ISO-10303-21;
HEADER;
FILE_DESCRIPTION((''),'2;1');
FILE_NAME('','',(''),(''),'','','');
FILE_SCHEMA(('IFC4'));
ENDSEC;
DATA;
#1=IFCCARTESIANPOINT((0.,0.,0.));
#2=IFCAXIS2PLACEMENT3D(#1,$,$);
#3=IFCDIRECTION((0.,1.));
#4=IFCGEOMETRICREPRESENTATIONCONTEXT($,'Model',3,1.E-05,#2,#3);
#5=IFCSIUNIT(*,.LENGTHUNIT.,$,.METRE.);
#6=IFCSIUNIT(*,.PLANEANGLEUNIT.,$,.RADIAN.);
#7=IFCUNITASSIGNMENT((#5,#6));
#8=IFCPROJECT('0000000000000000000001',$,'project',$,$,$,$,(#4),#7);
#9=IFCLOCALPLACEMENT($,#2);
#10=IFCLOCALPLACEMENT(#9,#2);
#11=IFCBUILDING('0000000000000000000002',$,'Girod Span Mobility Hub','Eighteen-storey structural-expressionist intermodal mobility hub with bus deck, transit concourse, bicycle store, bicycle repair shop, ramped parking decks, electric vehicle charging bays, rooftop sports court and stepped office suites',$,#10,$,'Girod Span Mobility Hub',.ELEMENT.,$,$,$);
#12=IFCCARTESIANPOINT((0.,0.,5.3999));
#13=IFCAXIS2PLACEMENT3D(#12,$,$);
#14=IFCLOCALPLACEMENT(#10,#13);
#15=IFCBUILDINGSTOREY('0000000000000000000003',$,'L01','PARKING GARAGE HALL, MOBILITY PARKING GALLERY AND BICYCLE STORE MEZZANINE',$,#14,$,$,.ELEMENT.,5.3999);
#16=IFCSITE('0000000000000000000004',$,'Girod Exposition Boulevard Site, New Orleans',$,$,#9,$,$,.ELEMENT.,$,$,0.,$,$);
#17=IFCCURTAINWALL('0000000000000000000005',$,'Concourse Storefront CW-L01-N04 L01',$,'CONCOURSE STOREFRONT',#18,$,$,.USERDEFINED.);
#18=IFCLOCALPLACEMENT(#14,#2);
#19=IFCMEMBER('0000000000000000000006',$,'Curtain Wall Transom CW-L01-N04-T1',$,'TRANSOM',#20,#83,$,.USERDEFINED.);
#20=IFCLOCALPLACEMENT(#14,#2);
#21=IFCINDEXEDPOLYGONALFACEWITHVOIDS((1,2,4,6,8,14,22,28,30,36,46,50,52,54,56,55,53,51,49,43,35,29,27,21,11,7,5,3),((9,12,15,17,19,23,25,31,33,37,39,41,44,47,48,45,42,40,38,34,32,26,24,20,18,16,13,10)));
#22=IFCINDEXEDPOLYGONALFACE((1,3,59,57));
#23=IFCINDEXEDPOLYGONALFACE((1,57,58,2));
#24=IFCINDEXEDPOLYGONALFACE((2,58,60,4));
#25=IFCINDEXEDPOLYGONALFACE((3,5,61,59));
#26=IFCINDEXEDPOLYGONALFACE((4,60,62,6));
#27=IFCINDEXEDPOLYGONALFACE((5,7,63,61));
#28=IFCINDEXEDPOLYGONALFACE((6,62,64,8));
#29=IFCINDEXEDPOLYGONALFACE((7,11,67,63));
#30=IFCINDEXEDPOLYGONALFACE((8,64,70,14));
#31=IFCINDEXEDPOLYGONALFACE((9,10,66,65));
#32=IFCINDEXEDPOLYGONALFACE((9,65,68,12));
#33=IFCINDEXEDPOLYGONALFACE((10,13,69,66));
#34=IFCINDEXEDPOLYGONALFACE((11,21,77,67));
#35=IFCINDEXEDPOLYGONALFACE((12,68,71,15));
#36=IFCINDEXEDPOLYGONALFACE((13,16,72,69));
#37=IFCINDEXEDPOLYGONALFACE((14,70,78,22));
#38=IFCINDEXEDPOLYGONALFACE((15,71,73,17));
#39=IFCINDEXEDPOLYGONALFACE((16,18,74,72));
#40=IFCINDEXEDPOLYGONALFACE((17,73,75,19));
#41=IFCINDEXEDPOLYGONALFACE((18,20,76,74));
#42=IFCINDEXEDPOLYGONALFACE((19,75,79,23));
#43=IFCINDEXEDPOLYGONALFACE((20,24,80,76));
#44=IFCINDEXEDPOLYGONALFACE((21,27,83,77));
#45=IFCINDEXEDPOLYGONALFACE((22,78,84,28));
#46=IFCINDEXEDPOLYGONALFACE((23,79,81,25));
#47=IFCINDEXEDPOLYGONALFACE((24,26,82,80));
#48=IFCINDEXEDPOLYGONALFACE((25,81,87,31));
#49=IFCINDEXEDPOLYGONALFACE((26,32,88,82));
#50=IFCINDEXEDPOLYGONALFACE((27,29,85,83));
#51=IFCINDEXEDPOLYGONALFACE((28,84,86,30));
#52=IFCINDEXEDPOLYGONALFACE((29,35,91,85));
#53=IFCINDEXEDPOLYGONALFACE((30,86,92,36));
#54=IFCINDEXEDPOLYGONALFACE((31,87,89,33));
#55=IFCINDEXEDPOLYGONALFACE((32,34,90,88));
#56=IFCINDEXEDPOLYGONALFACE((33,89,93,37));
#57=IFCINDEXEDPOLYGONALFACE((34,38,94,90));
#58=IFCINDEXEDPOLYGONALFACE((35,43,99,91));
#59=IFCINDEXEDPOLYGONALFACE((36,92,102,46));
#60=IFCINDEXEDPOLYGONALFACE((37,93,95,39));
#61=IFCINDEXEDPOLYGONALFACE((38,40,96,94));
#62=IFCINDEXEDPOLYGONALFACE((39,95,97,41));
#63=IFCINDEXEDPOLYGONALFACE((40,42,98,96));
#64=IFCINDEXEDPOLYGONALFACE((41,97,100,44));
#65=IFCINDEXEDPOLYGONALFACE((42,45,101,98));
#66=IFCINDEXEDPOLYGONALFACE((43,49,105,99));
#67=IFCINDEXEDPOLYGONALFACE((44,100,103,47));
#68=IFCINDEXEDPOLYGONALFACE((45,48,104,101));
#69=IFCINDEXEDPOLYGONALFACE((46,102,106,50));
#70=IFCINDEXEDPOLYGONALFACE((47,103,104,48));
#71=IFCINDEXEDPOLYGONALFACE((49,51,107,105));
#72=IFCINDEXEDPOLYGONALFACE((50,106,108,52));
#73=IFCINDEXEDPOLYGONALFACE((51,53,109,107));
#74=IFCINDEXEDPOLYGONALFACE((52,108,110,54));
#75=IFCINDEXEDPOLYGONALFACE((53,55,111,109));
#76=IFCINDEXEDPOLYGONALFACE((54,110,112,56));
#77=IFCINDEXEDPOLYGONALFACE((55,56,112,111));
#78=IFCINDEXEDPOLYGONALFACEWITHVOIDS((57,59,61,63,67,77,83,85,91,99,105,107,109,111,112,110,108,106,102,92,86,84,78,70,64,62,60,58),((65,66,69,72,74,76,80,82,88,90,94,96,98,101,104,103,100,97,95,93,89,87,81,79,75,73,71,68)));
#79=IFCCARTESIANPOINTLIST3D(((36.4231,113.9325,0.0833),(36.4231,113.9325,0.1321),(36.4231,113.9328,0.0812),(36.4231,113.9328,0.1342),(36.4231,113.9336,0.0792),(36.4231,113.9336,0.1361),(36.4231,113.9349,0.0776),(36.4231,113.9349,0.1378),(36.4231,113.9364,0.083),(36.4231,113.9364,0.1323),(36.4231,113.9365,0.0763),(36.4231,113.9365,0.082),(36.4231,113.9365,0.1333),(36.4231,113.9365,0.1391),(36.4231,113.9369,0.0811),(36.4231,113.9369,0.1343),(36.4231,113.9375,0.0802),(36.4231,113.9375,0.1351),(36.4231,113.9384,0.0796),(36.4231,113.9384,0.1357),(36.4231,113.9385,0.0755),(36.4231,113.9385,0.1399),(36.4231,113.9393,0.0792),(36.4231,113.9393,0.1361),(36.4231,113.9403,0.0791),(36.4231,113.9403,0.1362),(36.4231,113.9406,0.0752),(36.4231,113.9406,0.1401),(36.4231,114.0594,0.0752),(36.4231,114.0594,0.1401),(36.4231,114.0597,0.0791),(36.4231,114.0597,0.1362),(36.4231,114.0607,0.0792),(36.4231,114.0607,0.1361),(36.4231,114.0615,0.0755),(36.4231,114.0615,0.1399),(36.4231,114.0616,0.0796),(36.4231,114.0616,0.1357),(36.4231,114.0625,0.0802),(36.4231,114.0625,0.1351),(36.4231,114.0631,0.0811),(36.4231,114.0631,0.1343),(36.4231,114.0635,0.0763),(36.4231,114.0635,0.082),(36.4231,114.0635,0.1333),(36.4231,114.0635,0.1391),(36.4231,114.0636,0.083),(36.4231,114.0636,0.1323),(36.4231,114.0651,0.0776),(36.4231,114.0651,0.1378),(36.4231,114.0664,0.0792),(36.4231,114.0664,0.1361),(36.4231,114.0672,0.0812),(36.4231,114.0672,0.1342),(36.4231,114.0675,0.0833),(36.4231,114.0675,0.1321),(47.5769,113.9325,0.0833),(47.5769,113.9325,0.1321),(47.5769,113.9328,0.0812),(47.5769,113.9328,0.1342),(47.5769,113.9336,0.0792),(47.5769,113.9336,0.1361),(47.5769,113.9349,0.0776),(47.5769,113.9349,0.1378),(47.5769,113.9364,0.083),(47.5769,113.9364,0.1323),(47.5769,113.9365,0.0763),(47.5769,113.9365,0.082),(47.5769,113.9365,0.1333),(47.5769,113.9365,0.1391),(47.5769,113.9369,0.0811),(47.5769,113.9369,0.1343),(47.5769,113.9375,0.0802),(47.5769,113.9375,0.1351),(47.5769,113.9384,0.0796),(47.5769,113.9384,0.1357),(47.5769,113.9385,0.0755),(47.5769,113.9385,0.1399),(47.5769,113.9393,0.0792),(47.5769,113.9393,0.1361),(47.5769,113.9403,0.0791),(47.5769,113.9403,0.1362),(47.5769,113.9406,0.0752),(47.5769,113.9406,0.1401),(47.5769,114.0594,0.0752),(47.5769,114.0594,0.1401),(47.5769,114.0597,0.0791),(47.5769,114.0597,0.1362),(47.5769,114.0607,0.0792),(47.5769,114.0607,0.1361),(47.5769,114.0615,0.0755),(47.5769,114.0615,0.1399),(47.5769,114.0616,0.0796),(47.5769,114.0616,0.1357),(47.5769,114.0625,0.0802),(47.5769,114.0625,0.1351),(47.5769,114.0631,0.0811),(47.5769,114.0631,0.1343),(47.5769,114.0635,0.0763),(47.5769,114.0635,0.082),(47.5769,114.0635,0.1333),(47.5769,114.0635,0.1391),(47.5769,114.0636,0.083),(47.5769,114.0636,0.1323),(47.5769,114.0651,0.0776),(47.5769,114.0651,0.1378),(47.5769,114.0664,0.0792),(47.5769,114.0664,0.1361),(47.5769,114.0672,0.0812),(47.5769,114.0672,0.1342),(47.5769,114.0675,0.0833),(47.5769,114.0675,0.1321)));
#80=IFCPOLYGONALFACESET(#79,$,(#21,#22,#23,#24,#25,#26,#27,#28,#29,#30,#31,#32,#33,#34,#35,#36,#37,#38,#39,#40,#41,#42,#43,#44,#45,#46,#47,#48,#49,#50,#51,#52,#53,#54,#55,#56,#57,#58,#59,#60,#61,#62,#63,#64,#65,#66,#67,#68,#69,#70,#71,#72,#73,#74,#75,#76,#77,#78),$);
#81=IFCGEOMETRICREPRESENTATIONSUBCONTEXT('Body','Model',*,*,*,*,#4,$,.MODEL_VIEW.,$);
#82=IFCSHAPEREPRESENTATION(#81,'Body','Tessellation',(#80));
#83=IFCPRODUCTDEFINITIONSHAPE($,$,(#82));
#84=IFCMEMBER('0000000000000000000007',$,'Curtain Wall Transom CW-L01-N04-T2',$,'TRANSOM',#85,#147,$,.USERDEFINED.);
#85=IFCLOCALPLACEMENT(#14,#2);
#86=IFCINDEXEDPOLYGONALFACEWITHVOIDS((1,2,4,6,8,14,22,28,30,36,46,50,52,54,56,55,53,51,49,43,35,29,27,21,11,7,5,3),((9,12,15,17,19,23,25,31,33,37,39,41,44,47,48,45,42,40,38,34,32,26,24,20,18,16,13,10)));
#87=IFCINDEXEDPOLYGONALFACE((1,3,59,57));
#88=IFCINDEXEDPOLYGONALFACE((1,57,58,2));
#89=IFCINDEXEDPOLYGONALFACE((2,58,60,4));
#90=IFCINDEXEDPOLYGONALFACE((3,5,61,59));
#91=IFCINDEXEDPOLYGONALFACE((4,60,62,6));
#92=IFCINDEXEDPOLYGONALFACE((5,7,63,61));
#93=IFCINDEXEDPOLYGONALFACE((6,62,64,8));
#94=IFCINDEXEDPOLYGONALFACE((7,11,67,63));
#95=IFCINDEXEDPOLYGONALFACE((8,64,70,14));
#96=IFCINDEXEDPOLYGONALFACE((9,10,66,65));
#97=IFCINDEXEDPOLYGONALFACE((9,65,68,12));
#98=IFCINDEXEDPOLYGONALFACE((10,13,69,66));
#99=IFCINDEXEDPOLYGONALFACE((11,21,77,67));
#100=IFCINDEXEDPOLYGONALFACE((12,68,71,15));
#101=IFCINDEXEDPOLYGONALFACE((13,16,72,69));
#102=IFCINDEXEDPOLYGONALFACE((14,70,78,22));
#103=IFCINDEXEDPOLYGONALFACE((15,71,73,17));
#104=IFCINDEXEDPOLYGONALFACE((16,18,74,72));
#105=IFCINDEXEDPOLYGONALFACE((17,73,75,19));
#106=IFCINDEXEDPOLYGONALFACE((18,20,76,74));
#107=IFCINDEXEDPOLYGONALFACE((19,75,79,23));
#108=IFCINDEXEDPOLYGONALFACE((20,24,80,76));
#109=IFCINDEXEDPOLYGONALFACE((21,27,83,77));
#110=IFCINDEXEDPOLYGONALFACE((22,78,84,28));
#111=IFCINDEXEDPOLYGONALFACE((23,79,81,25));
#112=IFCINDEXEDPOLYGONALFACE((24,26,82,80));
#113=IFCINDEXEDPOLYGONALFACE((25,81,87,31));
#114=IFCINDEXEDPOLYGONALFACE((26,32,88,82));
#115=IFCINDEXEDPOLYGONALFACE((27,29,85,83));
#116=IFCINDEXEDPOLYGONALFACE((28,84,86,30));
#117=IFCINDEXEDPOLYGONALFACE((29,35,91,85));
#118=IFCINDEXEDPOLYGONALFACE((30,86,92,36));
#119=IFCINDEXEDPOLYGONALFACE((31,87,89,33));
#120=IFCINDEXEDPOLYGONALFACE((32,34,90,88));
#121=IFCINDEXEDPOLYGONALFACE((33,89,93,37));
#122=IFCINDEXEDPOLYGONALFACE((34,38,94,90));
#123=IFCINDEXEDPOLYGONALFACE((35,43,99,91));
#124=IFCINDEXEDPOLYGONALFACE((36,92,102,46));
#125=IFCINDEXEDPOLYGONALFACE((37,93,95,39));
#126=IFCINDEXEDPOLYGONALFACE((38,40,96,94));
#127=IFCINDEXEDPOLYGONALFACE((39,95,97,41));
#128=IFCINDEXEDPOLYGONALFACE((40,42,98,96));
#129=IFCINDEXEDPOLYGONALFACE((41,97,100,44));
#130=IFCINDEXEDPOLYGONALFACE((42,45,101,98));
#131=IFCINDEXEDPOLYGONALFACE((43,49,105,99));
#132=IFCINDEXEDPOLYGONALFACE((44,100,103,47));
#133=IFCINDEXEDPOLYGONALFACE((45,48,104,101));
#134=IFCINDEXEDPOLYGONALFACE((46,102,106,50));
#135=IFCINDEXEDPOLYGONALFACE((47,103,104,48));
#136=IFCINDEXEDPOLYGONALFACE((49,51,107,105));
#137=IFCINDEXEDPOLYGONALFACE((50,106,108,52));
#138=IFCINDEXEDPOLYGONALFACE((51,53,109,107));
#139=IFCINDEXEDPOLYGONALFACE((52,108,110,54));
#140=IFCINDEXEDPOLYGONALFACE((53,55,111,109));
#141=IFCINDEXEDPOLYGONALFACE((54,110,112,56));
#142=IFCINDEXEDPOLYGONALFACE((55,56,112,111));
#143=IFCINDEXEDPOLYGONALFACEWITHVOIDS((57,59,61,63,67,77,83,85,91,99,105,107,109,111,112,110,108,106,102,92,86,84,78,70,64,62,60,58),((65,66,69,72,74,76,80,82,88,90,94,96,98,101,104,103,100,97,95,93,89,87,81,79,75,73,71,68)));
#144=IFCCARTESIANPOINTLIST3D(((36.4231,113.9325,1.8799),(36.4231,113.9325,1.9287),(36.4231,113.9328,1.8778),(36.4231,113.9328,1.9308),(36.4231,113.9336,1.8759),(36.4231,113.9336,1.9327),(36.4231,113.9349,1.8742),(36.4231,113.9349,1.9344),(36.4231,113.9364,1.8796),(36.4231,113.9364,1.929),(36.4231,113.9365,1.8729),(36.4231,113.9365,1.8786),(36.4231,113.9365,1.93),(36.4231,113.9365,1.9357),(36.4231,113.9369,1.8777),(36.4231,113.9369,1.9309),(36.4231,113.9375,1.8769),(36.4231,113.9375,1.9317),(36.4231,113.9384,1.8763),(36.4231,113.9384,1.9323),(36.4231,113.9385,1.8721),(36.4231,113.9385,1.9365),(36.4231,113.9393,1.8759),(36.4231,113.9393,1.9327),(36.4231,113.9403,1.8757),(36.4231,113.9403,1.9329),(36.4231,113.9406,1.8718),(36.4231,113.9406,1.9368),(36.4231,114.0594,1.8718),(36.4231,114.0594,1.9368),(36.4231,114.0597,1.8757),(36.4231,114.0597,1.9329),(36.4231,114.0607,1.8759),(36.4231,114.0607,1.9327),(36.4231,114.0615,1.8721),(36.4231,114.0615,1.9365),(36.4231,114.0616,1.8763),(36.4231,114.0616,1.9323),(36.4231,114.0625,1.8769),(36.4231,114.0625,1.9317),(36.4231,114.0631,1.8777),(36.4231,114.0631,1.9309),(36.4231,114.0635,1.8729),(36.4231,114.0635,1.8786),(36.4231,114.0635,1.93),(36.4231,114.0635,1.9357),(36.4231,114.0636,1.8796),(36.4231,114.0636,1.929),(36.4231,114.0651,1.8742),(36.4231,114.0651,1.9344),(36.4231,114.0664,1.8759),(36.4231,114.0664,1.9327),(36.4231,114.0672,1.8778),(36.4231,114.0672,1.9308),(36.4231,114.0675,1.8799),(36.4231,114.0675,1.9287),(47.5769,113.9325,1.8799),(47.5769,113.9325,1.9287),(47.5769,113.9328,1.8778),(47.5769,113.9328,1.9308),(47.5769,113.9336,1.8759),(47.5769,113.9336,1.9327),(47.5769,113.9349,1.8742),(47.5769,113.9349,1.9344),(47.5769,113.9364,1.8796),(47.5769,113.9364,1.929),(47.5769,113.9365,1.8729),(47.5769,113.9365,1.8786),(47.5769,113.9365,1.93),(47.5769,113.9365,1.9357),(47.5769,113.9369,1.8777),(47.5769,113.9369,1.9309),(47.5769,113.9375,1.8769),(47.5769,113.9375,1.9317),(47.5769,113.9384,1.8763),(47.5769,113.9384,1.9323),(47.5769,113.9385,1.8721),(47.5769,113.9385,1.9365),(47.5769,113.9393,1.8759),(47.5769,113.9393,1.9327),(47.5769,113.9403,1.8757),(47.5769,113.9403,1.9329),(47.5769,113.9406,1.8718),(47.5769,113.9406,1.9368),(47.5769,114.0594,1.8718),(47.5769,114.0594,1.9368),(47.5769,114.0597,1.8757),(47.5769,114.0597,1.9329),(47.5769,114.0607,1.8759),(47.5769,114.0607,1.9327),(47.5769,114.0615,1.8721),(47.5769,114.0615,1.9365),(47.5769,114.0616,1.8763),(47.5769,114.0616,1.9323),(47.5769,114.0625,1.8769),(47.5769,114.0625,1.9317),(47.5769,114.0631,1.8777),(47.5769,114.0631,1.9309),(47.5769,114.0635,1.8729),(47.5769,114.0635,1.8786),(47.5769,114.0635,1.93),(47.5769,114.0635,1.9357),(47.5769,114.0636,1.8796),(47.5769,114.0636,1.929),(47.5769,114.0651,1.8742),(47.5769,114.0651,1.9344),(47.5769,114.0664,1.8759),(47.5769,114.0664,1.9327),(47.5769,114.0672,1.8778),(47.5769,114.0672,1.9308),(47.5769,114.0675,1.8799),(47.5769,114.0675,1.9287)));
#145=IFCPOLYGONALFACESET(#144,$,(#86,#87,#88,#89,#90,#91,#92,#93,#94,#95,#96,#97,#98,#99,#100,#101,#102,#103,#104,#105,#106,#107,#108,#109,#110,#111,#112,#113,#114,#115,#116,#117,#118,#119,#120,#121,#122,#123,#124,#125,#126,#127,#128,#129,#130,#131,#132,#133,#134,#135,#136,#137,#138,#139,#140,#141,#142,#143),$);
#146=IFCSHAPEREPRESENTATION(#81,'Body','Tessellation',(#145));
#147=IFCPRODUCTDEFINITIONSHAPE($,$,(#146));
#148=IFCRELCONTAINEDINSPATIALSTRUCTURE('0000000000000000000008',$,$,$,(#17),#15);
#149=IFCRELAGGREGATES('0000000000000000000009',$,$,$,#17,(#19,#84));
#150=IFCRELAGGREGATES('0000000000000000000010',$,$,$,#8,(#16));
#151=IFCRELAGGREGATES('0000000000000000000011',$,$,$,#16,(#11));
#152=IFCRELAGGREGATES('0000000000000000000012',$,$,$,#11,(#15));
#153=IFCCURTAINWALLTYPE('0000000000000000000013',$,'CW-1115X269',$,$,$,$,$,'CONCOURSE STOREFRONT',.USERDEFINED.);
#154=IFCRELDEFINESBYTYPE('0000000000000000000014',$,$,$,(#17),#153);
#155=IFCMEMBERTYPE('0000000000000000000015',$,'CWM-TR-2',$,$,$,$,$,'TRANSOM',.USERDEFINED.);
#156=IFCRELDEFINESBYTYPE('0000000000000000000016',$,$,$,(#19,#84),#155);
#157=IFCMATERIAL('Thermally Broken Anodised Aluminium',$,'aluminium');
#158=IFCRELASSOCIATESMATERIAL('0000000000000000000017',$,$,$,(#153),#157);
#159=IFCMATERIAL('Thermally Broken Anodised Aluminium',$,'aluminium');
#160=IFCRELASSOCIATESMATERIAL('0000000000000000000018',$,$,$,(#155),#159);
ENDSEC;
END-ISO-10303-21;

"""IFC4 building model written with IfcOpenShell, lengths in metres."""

from ifc_helpers import new_model, si_unit, direction, frame, origin, origin_2d, place, context, subcontext, project, spatial, hollow_rectangle, extrude, material, material_profile, profile_set, type_object, element, aggregate, save


model = new_model("IFC4")

# Units and contexts
model_context = context("Model", 3, precision=1e-05, world=origin(), true_north=direction((0.0, 1.0)))
body_context = subcontext(model_context, "Body", "Model", "MODEL_VIEW")
ifc_project = project(units=[si_unit("LENGTHUNIT", "METRE"), si_unit("PLANEANGLEUNIT", "RADIAN")], contexts=[model_context])

# Site, building, storey
site_placement = place(None, origin())
site = spatial("IfcSite", under=ifc_project, at=site_placement, Name="Girod Exposition Boulevard Site, New Orleans", CompositionType="ELEMENT", RefElevation=0.0)
building_placement = place(site_placement, origin())
building = spatial("IfcBuilding", under=site, at=building_placement, Name="Girod Span Mobility Hub", Description="Eighteen-storey structural-expressionist intermodal mobility hub with bus deck, transit concourse, bicycle store, bicycle repair shop, ramped parking decks, electric vehicle charging bays, rooftop sports court and stepped office suites", LongName="Girod Span Mobility Hub", CompositionType="ELEMENT")
storey_placement = place(building_placement, frame((0.0, 0.0, 5.3999)))
storey = spatial("IfcBuildingStorey", under=building, at=storey_placement, Name="L01", Description="PARKING GARAGE HALL, MOBILITY PARKING GALLERY AND BICYCLE STORE MEZZANINE", CompositionType="ELEMENT", Elevation=5.3999)

# Curtain wall, members
ifc_material_1 = material(Name="Thermally Broken Anodised Aluminium", Category="aluminium")
curtain_wall_type = type_object("IfcCurtainWallType", Name="CW-1115X269", ElementType="CONCOURSE STOREFRONT", PredefinedType="USERDEFINED", material=ifc_material_1)
curtain_wall_1_placement = place(storey_placement, origin())
curtain_wall_1 = element("IfcCurtainWall", 1, at=curtain_wall_1_placement, inside=storey, type_object=curtain_wall_type, Name="Concourse Storefront CW-L01-N04 L01", ObjectType="CONCOURSE STOREFRONT", PredefinedType="USERDEFINED")
ifc_material_2 = material(Name="Thermally Broken Anodised Aluminium", Category="aluminium")
ifc_material_profile_1 = material_profile(ifc_material_2, hollow_rectangle(XDim=0.135, YDim=0.0649, WallThickness=0.0039, InnerFilletRadius=0.0039, OuterFilletRadius=0.0081, at=origin_2d()), Name="CW-TR-65X135")
ifc_profile_set_1 = profile_set([ifc_material_profile_1], Name="Thermally Broken Anodised Aluminium")
member_type_1 = type_object("IfcMemberType", Name="CWM-TR-2", ElementType="TRANSOM", PredefinedType="USERDEFINED", material=ifc_profile_set_1)
member_1_placement = place(storey_placement, frame((36.4231, 114.0, 0.1077), z_axis=(1.0, 0.0, 0.0), x_axis=(0.0, 1.0, 0.0)))
member_1 = element("IfcMember", 2, at=member_1_placement, type_object=member_type_1, Name="Curtain Wall Transom CW-L01-N04-T1", ObjectType="TRANSOM", PredefinedType="USERDEFINED", context=body_context, shape_type="SweptSolid", body=[
    extrude(hollow_rectangle(XDim=0.135, YDim=0.0649, WallThickness=0.0039, InnerFilletRadius=0.0039, OuterFilletRadius=0.0081, at=origin_2d()), origin(), (0.0, 0.0, 1.0), 11.1538),
])
member_2_placement = place(storey_placement, frame((36.4231, 114.0, 1.9043), z_axis=(1.0, 0.0, 0.0), x_axis=(0.0, 1.0, 0.0)))
member_2 = element("IfcMember", 3, at=member_2_placement, type_object=member_type_1, Name="Curtain Wall Transom CW-L01-N04-T2", ObjectType="TRANSOM", PredefinedType="USERDEFINED", context=body_context, shape_type="SweptSolid", body=[
    extrude(hollow_rectangle(XDim=0.135, YDim=0.0649, WallThickness=0.0039, InnerFilletRadius=0.0039, OuterFilletRadius=0.0081, at=origin_2d()), origin(), (0.0, 0.0, 1.0), 11.1538),
])

aggregate(curtain_wall_1, [member_1, member_2])

save(model, "model.ifc")
